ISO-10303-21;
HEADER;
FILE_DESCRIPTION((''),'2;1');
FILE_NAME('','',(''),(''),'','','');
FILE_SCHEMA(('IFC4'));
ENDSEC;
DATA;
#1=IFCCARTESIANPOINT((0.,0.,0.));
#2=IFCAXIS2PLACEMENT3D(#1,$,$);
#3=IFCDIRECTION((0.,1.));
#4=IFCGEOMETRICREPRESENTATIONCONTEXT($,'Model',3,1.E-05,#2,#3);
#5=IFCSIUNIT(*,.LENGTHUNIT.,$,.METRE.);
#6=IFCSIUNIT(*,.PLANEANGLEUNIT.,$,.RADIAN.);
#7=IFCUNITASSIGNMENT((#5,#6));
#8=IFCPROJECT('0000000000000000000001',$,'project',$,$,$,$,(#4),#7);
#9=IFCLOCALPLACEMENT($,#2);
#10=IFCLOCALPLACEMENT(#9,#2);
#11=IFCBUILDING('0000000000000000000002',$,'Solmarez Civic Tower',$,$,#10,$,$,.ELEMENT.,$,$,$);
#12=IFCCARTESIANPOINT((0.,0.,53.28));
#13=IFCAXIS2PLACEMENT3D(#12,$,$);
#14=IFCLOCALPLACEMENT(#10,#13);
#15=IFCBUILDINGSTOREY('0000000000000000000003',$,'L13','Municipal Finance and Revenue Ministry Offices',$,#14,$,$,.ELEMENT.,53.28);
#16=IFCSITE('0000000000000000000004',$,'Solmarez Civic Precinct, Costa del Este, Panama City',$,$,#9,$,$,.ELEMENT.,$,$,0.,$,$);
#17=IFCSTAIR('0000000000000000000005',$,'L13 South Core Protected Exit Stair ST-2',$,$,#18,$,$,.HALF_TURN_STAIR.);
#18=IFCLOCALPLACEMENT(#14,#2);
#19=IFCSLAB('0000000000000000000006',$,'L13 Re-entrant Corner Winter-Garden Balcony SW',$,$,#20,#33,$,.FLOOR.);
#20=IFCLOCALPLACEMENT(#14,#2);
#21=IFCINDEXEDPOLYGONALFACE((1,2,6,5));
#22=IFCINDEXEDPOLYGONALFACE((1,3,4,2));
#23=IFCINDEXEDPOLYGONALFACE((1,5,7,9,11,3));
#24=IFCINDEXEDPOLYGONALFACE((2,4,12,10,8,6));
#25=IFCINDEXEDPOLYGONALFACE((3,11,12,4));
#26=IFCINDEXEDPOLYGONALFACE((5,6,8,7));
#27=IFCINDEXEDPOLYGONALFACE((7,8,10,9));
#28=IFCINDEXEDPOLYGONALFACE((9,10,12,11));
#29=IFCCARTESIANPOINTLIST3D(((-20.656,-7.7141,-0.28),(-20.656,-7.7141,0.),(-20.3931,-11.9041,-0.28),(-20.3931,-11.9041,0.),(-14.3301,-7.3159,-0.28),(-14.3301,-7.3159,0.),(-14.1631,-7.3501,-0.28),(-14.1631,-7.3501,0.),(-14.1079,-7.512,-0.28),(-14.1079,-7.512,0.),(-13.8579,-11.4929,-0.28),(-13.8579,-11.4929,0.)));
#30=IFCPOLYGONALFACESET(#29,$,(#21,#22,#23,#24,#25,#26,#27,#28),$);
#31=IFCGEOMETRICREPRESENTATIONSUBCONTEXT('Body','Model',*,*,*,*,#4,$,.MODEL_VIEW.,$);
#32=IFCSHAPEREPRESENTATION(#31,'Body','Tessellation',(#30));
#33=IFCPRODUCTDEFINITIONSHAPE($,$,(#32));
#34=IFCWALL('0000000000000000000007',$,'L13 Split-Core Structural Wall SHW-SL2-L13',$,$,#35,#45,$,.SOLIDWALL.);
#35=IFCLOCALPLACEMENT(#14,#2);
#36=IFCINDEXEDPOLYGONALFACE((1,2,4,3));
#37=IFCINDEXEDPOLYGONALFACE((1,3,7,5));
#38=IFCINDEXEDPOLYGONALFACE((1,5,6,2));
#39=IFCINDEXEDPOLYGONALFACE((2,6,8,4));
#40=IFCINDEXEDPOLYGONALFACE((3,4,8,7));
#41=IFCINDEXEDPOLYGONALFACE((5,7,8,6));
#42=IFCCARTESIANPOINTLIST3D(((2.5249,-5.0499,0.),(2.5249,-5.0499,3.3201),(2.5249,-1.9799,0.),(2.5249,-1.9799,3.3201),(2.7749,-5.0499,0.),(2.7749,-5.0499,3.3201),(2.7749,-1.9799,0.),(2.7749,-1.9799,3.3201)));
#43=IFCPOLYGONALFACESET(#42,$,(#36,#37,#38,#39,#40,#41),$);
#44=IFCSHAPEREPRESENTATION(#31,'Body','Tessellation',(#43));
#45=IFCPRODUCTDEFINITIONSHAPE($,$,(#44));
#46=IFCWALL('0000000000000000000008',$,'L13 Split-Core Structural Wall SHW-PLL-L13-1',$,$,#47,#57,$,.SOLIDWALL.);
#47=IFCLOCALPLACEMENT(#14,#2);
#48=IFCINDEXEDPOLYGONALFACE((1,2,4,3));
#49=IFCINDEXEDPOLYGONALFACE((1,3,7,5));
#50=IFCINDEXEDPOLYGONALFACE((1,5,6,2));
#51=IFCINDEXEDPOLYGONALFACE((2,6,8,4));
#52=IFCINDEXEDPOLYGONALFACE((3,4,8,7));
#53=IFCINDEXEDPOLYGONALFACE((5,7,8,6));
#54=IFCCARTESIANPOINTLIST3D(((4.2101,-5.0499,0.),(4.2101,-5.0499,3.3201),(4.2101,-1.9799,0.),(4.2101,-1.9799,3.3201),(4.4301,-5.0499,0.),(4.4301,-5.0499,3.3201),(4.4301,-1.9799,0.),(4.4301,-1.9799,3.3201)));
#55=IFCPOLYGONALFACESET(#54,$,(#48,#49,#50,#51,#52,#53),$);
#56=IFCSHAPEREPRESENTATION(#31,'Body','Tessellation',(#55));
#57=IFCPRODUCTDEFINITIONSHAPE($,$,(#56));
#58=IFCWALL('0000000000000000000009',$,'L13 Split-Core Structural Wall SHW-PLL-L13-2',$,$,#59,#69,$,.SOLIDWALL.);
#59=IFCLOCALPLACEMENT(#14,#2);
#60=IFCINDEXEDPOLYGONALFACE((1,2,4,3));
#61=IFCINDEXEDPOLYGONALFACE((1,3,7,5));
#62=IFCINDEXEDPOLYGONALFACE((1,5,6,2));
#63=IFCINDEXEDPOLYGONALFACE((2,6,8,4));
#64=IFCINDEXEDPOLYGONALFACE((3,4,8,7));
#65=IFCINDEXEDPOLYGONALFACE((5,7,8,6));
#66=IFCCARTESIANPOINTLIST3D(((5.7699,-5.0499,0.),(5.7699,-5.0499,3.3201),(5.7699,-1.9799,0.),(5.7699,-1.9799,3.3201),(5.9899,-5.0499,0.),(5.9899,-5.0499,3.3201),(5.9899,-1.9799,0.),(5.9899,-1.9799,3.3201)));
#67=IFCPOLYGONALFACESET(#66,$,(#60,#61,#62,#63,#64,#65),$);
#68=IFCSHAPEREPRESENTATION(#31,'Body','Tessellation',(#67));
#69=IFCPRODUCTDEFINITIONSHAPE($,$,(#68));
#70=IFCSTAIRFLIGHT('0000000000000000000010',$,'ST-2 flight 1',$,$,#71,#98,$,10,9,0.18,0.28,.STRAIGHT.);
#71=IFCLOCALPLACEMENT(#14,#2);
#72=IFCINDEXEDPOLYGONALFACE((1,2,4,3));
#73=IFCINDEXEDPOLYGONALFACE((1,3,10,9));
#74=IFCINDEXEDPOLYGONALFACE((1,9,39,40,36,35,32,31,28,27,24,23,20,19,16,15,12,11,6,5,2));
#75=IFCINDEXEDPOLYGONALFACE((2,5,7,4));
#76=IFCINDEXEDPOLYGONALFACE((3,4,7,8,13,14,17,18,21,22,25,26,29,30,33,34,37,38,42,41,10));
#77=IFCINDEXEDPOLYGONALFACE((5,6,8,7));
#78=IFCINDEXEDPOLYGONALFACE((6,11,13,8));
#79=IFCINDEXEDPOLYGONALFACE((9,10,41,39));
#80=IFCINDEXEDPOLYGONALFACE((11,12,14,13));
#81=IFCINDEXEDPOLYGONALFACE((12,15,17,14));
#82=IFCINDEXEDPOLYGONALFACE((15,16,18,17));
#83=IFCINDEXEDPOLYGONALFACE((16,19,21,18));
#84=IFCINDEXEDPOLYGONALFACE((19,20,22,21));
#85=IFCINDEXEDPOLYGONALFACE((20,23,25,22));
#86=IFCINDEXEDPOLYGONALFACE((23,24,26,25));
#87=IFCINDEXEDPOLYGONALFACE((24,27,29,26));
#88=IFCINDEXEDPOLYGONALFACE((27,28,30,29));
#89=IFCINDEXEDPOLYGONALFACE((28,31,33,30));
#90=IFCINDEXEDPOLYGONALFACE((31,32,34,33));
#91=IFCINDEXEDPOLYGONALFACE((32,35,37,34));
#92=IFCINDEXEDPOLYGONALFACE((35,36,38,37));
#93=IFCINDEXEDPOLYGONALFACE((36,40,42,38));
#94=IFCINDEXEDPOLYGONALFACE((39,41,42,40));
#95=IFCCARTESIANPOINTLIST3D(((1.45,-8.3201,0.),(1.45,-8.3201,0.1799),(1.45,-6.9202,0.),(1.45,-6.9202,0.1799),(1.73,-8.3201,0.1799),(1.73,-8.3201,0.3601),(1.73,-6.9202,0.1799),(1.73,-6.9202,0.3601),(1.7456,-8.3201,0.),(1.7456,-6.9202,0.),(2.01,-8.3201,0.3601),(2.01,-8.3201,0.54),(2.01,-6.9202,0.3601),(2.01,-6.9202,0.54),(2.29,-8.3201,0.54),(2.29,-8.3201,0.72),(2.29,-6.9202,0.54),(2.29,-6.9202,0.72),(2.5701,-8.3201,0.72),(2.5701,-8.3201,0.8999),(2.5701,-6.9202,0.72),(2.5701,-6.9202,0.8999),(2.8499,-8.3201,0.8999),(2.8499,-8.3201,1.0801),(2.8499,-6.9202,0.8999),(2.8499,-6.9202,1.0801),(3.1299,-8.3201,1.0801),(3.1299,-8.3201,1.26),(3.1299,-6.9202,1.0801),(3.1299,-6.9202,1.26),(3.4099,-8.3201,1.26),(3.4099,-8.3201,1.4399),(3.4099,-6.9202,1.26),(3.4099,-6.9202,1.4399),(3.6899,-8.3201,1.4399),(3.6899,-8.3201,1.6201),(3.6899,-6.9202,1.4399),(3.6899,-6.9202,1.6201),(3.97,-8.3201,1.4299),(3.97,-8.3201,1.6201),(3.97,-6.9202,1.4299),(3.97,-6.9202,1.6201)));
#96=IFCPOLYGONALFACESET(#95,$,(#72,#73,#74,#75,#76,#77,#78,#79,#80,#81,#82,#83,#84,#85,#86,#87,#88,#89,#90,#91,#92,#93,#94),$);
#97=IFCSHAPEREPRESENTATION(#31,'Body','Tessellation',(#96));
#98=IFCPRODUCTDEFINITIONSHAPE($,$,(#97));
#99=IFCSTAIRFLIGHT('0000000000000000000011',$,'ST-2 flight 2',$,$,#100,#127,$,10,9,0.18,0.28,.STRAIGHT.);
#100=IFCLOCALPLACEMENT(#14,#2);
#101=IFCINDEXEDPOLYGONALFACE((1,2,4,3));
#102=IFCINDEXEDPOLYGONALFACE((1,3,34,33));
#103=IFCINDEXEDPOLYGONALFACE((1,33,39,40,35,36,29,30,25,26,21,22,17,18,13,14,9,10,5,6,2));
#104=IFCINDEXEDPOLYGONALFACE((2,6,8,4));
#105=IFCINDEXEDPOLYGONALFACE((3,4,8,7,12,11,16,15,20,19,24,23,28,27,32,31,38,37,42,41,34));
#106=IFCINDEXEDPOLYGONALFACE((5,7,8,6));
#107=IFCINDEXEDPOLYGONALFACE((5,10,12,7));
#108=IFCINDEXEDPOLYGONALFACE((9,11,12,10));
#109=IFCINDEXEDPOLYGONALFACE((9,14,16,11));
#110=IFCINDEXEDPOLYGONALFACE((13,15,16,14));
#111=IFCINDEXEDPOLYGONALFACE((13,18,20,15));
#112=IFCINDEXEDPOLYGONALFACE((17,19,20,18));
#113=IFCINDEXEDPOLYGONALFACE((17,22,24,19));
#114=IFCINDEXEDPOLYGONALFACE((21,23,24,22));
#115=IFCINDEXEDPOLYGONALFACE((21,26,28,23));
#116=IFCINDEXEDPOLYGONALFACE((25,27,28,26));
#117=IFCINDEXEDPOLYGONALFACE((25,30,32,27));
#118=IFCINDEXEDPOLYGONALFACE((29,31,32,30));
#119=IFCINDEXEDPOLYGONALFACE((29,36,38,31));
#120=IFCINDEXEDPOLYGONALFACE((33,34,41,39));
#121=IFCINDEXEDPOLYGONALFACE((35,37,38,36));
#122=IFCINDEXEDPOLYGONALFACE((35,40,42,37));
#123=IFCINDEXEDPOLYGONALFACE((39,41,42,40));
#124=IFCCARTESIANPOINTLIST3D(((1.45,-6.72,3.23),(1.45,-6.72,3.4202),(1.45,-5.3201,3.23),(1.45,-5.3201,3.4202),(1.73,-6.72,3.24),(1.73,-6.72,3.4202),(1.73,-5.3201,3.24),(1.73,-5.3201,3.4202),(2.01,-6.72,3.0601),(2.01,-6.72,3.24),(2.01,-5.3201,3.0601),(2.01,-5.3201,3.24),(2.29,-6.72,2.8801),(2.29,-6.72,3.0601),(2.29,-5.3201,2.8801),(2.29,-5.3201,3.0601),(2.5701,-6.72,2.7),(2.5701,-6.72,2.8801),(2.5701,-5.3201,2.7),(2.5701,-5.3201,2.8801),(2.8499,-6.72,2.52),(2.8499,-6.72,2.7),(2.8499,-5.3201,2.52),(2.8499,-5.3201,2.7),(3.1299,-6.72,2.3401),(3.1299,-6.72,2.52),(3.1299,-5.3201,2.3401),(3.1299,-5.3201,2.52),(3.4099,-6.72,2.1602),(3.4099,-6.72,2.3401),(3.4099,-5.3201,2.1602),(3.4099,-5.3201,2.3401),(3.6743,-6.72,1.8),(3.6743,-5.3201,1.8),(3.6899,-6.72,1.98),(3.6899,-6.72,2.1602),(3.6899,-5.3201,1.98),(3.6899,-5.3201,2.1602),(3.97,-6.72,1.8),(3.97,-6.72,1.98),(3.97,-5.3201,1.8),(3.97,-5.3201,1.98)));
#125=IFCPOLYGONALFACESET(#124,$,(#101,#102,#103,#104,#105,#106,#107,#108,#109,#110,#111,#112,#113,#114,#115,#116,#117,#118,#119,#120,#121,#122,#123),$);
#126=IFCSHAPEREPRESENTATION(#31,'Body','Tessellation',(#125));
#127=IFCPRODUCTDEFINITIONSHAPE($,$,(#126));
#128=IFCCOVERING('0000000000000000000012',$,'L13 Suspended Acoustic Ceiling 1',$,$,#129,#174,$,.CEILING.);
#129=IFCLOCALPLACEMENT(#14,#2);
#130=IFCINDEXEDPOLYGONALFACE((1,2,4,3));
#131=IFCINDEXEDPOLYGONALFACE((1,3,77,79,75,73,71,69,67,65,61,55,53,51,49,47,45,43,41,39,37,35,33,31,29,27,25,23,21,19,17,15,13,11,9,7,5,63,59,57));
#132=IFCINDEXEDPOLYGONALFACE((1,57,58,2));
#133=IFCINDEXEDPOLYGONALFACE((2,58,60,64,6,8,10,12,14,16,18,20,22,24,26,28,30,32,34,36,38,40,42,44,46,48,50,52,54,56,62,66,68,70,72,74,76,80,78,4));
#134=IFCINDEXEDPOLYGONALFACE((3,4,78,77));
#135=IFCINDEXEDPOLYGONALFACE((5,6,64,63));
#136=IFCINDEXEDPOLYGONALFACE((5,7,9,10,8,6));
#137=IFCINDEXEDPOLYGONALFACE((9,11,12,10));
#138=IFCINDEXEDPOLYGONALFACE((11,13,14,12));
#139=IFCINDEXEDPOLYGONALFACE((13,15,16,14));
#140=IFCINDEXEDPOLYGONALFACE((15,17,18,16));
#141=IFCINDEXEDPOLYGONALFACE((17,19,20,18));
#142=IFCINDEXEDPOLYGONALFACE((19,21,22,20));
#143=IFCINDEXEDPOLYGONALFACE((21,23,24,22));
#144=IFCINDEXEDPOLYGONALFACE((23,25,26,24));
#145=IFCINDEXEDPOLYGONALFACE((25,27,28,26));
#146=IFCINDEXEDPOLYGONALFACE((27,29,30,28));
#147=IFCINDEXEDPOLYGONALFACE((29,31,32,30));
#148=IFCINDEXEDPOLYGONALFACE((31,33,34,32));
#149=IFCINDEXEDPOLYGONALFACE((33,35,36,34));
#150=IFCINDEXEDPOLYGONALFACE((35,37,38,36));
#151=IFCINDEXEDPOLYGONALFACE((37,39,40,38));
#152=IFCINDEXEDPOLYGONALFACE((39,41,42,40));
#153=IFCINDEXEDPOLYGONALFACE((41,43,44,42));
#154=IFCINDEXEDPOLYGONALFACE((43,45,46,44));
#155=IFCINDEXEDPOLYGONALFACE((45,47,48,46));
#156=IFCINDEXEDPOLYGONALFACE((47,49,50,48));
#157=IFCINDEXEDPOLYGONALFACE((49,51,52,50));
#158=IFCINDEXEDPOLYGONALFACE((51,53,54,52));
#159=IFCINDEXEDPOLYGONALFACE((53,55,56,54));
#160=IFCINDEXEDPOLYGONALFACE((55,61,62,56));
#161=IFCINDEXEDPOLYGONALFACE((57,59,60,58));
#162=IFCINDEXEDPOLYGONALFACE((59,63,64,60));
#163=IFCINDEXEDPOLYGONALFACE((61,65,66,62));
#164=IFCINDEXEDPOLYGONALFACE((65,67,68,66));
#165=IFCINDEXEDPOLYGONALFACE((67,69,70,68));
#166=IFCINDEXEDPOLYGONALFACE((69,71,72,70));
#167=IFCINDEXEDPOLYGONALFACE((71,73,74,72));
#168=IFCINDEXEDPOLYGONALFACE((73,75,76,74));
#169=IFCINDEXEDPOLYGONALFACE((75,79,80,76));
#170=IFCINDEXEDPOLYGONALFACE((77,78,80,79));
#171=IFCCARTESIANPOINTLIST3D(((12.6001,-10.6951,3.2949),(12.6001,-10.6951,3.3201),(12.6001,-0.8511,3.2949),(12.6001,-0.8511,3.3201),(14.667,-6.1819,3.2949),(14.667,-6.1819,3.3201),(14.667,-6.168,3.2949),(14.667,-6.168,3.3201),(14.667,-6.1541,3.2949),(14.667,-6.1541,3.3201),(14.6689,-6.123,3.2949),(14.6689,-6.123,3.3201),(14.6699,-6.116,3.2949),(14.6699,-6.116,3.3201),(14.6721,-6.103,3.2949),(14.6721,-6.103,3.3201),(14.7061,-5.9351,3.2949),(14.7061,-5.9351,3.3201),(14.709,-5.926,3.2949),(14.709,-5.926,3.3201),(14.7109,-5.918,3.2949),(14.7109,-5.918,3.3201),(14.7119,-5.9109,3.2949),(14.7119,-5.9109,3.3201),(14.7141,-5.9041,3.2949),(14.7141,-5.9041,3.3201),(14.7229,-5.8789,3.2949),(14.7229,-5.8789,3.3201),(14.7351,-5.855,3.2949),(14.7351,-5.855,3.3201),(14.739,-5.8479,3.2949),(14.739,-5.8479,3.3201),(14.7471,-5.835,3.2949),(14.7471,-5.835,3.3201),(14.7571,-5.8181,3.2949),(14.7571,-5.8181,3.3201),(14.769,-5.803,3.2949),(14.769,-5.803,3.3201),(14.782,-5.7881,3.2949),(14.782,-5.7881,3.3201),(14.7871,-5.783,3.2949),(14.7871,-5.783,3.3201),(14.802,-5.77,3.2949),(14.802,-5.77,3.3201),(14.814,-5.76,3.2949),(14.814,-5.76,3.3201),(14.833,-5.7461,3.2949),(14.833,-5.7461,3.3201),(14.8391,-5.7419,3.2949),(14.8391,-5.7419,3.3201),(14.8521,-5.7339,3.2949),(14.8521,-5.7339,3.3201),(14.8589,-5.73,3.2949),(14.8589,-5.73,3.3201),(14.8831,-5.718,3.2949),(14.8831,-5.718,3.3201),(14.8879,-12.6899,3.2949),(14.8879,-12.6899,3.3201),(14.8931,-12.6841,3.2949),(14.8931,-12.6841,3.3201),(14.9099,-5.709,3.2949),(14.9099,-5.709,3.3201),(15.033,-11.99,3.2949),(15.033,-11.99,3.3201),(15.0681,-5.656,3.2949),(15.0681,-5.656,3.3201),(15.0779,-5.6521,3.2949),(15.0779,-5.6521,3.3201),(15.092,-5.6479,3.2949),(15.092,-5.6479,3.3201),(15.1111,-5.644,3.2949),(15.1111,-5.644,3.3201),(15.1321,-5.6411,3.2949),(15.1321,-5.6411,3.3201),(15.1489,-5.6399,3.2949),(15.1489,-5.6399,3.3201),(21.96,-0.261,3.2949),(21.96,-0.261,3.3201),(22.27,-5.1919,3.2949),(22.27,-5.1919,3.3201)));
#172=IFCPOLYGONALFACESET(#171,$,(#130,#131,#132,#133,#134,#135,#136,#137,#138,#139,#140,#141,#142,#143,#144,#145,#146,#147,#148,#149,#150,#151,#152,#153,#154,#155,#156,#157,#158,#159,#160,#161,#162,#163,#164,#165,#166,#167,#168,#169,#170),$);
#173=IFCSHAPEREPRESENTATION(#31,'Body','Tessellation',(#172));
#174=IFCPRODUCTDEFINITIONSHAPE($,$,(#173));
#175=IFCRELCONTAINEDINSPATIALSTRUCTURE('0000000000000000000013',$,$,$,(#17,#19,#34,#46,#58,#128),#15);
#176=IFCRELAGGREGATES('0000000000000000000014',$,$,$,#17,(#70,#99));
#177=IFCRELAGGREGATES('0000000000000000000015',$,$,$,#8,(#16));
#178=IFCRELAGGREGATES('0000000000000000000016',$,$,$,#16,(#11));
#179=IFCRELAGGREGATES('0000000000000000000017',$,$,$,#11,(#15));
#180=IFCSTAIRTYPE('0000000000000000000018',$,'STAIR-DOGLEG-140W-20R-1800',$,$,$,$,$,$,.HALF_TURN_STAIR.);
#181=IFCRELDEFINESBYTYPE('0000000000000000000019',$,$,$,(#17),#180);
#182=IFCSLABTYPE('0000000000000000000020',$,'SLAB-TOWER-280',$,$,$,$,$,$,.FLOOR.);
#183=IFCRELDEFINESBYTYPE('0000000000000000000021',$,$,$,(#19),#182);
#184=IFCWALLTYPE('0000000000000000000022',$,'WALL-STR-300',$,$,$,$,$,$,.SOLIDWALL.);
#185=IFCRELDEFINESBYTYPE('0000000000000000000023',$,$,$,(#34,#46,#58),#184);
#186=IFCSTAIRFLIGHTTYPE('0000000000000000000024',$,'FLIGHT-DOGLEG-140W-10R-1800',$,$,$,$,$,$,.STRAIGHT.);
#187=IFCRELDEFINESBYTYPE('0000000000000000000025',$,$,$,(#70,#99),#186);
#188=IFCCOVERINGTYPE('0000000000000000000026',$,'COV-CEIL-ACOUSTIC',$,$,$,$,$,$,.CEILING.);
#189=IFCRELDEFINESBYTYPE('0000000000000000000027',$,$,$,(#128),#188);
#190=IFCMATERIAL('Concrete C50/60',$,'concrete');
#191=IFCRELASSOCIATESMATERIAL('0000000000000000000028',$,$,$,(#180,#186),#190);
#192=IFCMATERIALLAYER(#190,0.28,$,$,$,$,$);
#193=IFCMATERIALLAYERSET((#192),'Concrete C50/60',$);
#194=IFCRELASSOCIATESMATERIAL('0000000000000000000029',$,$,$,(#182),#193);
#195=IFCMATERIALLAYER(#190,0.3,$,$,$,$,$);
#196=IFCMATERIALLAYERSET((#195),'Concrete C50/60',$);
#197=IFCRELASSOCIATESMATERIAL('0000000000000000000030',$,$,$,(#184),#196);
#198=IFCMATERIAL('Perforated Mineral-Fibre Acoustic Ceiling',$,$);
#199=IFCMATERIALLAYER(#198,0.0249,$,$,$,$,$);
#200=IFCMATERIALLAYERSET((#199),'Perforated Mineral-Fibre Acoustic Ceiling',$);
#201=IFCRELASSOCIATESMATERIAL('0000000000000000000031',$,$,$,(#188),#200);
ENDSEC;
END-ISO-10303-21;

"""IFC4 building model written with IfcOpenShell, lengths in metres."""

from ifc_helpers import new_model, si_unit, direction, frame, frame_2d, origin, place, context, subcontext, project, spatial, polyline, rectangle, outline, extrude, material, layer, layer_set, type_object, element, aggregate, save


model = new_model("IFC4")

# Units and contexts
model_context = context("Model", 3, precision=1e-05, world=origin(), true_north=direction((0.0, 1.0)))
body_context = subcontext(model_context, "Body", "Model", "MODEL_VIEW")
ifc_project = project(units=[si_unit("LENGTHUNIT", "METRE"), si_unit("PLANEANGLEUNIT", "RADIAN")], contexts=[model_context])

# Site, building, storey
site_placement = place(None, origin())
site = spatial("IfcSite", under=ifc_project, at=site_placement, Name="Solmarez Civic Precinct, Costa del Este, Panama City", CompositionType="ELEMENT", RefElevation=0.0)
building_placement = place(site_placement, origin())
building = spatial("IfcBuilding", under=site, at=building_placement, Name="Solmarez Civic Tower", CompositionType="ELEMENT")
storey_placement = place(building_placement, frame((0.0, 0.0, 53.28)))
storey = spatial("IfcBuildingStorey", under=building, at=storey_placement, Name="L13", Description="Municipal Finance and Revenue Ministry Offices", CompositionType="ELEMENT", Elevation=53.28)

# Stair
ifc_material_1 = material(Name="Concrete C50/60", Category="concrete")
stair_type = type_object("IfcStairType", Name="STAIR-DOGLEG-140W-20R-1800", PredefinedType="HALF_TURN_STAIR", material=ifc_material_1)
stair_1_placement = place(storey_placement, origin())
stair_1 = element("IfcStair", 1, at=stair_1_placement, inside=storey, type_object=stair_type, Name="L13 South Core Protected Exit Stair ST-2", PredefinedType="HALF_TURN_STAIR")

# Slab
ifc_layer_1 = layer(ifc_material_1, 0.28)
ifc_layer_set_1 = layer_set([ifc_layer_1], Name="Concrete C50/60")
slab_type_1 = type_object("IfcSlabType", Name="SLAB-TOWER-280", PredefinedType="FLOOR", material=ifc_layer_set_1)
slab_1_placement = place(storey_placement, frame((0.0, 0.0, -0.28)))
element("IfcSlab", 2, at=slab_1_placement, inside=storey, type_object=slab_type_1, Name="L13 Re-entrant Corner Winter-Garden Balcony SW", PredefinedType="FLOOR", context=body_context, shape_type="SweptSolid", body=[
    extrude(outline(polyline([(-13.8579, -11.4929), (-14.1079, -7.512), (-14.1631, -7.3501), (-14.3301, -7.3159), (-20.656, -7.7141), (-20.3931, -11.9041), (-13.8579, -11.4929)])), origin(), (0.0, 0.0, 1.0), 0.28),
])

# Walls
ifc_layer_2 = layer(ifc_material_1, 0.3)
ifc_layer_set_2 = layer_set([ifc_layer_2], Name="Concrete C50/60")
wall_type = type_object("IfcWallType", Name="WALL-STR-300", PredefinedType="SOLIDWALL", material=ifc_layer_set_2)
wall_placement = place(storey_placement, frame((2.6499, -5.05, 0.0), z_axis=(0.0, 0.0, 1.0), x_axis=(0.0, 1.0, 0.0)))
element("IfcWall", 3, at=wall_placement, inside=storey, type_object=wall_type, Name="L13 Split-Core Structural Wall SHW-SL2-L13", PredefinedType="SOLIDWALL", context=body_context, shape_type="SweptSolid", body=[
    extrude(rectangle(XDim=3.0701, YDim=0.25, at=frame_2d((1.5352, 0.0))), origin(), (0.0, 0.0, 1.0), 3.3201),
])
for number, where, z_axis, x_axis, name in (
    (4, (4.3201, -5.05, 0.0), (0.0, 0.0, 1.0), (0.0, 1.0, 0.0), "L13 Split-Core Structural Wall SHW-PLL-L13-1"),
    (5, (5.8799, -5.05, 0.0), (0.0, 0.0, 1.0), (0.0, 1.0, 0.0), "L13 Split-Core Structural Wall SHW-PLL-L13-2"),
):
    element("IfcWall", number, at=place(storey_placement, frame(where, z_axis=z_axis, x_axis=x_axis)), inside=storey, type_object=wall_type, Name=name, PredefinedType="SOLIDWALL", context=body_context, shape_type="SweptSolid", body=[
        extrude(rectangle(XDim=3.0701, YDim=0.22, at=frame_2d((1.5352, 0.0))), origin(), (0.0, 0.0, 1.0), 3.3201),
    ])

# Stair flights
stair_flight_type = type_object("IfcStairFlightType", Name="FLIGHT-DOGLEG-140W-10R-1800", PredefinedType="STRAIGHT", material=ifc_material_1)
stair_flight_1_placement = place(storey_placement, frame((1.45, -7.6201, 0.0), z_axis=(0.0, 0.0, 1.0), x_axis=(1.0, 0.0, 0.0)))
stair_flight_1 = element("IfcStairFlight", 6, at=stair_flight_1_placement, type_object=stair_flight_type, Name="ST-2 flight 1", NumberOfRisers=10, NumberOfTreads=9, PredefinedType="STRAIGHT", RiserHeight=0.18, TreadLength=0.28, context=body_context, shape_type="SweptSolid", body=[
    extrude(outline(polyline([(0.0, 0.0), (0.0, 0.1799), (0.28, 0.1799), (0.28, 0.3601), (0.5601, 0.3601), (0.5601, 0.54), (0.8401, 0.54), (0.8401, 0.72), (1.1201, 0.72), (1.1201, 0.8999), (1.3999, 0.8999), (1.3999, 1.0801), (1.6799, 1.0801), (1.6799, 1.26), (1.96, 1.26), (1.96, 1.4399), (2.24, 1.4399), (2.24, 1.6201), (2.52, 1.6201), (2.52, 1.8), (2.52, 1.4299), (0.2957, 0.0), (0.0, 0.0)])), frame((0.0, 0.7, 0.0), z_axis=(0.0, -1.0, 0.0), x_axis=(1.0, 0.0, 0.0)), (0.0, 0.0, 1.0), 1.3999),
])
stair_flight_2_placement = place(storey_placement, frame((3.97, -6.02, 1.8), z_axis=(0.0, 0.0, 1.0), x_axis=(-1.0, 0.0, 0.0)))
stair_flight_2 = element("IfcStairFlight", 7, at=stair_flight_2_placement, type_object=stair_flight_type, Name="ST-2 flight 2", NumberOfRisers=10, NumberOfTreads=9, PredefinedType="STRAIGHT", RiserHeight=0.18, TreadLength=0.28, context=body_context, shape_type="SweptSolid", body=[
    extrude(outline(polyline([(0.0, 0.0), (0.0, 0.1799), (0.28, 0.1799), (0.28, 0.3601), (0.5601, 0.3601), (0.5601, 0.54), (0.8401, 0.54), (0.8401, 0.72), (1.1201, 0.72), (1.1201, 0.8999), (1.3999, 0.8999), (1.3999, 1.0801), (1.6799, 1.0801), (1.6799, 1.26), (1.96, 1.26), (1.96, 1.4399), (2.24, 1.4399), (2.24, 1.6201), (2.52, 1.6201), (2.52, 1.8), (2.52, 1.4299), (0.2957, 0.0), (0.0, 0.0)])), frame((0.0, 0.7, 0.0), z_axis=(0.0, -1.0, 0.0), x_axis=(1.0, 0.0, 0.0)), (0.0, 0.0, 1.0), 1.3999),
])
aggregate(stair_1, [stair_flight_1, stair_flight_2])

# Covering
ifc_material_2 = material(Name="Perforated Mineral-Fibre Acoustic Ceiling")
ifc_layer_3 = layer(ifc_material_2, 0.0249)
ifc_layer_set_3 = layer_set([ifc_layer_3], Name="Perforated Mineral-Fibre Acoustic Ceiling")
covering_type_1 = type_object("IfcCoveringType", Name="COV-CEIL-ACOUSTIC", PredefinedType="CEILING", material=ifc_layer_set_3)
covering_1_placement = place(storey_placement, frame((0.0, 0.0, 3.2949)))
element("IfcCovering", 8, at=covering_1_placement, inside=storey, type_object=covering_type_1, Name="L13 Suspended Acoustic Ceiling 1", PredefinedType="CEILING", context=body_context, shape_type="SweptSolid", body=[
    extrude(outline(polyline([(12.6001, -0.8511), (12.6001, -10.6951), (14.8879, -12.6899), (14.8931, -12.6841), (15.033, -11.99), (14.667, -6.1819), (14.667, -6.168), (14.667, -6.1541), (14.6689, -6.123), (14.6699, -6.116), (14.6721, -6.103), (14.7061, -5.9351), (14.709, -5.926), (14.7109, -5.918), (14.7119, -5.9109), (14.7141, -5.9041), (14.7229, -5.8789), (14.7351, -5.855), (14.739, -5.8479), (14.7471, -5.835), (14.7571, -5.8181), (14.769, -5.803), (14.782, -5.7881), (14.7871, -5.783), (14.802, -5.77), (14.814, -5.76), (14.833, -5.7461), (14.8391, -5.7419), (14.8521, -5.7339), (14.8589, -5.73), (14.8831, -5.718), (14.9099, -5.709), (15.0681, -5.656), (15.0779, -5.6521), (15.092, -5.6479), (15.1111, -5.644), (15.1321, -5.6411), (15.1489, -5.6399), (22.27, -5.1919), (21.96, -0.261), (12.6001, -0.8511)])), origin(), (0.0, 0.0, 1.0), 0.0251),
])

save(model, "model.ifc")
